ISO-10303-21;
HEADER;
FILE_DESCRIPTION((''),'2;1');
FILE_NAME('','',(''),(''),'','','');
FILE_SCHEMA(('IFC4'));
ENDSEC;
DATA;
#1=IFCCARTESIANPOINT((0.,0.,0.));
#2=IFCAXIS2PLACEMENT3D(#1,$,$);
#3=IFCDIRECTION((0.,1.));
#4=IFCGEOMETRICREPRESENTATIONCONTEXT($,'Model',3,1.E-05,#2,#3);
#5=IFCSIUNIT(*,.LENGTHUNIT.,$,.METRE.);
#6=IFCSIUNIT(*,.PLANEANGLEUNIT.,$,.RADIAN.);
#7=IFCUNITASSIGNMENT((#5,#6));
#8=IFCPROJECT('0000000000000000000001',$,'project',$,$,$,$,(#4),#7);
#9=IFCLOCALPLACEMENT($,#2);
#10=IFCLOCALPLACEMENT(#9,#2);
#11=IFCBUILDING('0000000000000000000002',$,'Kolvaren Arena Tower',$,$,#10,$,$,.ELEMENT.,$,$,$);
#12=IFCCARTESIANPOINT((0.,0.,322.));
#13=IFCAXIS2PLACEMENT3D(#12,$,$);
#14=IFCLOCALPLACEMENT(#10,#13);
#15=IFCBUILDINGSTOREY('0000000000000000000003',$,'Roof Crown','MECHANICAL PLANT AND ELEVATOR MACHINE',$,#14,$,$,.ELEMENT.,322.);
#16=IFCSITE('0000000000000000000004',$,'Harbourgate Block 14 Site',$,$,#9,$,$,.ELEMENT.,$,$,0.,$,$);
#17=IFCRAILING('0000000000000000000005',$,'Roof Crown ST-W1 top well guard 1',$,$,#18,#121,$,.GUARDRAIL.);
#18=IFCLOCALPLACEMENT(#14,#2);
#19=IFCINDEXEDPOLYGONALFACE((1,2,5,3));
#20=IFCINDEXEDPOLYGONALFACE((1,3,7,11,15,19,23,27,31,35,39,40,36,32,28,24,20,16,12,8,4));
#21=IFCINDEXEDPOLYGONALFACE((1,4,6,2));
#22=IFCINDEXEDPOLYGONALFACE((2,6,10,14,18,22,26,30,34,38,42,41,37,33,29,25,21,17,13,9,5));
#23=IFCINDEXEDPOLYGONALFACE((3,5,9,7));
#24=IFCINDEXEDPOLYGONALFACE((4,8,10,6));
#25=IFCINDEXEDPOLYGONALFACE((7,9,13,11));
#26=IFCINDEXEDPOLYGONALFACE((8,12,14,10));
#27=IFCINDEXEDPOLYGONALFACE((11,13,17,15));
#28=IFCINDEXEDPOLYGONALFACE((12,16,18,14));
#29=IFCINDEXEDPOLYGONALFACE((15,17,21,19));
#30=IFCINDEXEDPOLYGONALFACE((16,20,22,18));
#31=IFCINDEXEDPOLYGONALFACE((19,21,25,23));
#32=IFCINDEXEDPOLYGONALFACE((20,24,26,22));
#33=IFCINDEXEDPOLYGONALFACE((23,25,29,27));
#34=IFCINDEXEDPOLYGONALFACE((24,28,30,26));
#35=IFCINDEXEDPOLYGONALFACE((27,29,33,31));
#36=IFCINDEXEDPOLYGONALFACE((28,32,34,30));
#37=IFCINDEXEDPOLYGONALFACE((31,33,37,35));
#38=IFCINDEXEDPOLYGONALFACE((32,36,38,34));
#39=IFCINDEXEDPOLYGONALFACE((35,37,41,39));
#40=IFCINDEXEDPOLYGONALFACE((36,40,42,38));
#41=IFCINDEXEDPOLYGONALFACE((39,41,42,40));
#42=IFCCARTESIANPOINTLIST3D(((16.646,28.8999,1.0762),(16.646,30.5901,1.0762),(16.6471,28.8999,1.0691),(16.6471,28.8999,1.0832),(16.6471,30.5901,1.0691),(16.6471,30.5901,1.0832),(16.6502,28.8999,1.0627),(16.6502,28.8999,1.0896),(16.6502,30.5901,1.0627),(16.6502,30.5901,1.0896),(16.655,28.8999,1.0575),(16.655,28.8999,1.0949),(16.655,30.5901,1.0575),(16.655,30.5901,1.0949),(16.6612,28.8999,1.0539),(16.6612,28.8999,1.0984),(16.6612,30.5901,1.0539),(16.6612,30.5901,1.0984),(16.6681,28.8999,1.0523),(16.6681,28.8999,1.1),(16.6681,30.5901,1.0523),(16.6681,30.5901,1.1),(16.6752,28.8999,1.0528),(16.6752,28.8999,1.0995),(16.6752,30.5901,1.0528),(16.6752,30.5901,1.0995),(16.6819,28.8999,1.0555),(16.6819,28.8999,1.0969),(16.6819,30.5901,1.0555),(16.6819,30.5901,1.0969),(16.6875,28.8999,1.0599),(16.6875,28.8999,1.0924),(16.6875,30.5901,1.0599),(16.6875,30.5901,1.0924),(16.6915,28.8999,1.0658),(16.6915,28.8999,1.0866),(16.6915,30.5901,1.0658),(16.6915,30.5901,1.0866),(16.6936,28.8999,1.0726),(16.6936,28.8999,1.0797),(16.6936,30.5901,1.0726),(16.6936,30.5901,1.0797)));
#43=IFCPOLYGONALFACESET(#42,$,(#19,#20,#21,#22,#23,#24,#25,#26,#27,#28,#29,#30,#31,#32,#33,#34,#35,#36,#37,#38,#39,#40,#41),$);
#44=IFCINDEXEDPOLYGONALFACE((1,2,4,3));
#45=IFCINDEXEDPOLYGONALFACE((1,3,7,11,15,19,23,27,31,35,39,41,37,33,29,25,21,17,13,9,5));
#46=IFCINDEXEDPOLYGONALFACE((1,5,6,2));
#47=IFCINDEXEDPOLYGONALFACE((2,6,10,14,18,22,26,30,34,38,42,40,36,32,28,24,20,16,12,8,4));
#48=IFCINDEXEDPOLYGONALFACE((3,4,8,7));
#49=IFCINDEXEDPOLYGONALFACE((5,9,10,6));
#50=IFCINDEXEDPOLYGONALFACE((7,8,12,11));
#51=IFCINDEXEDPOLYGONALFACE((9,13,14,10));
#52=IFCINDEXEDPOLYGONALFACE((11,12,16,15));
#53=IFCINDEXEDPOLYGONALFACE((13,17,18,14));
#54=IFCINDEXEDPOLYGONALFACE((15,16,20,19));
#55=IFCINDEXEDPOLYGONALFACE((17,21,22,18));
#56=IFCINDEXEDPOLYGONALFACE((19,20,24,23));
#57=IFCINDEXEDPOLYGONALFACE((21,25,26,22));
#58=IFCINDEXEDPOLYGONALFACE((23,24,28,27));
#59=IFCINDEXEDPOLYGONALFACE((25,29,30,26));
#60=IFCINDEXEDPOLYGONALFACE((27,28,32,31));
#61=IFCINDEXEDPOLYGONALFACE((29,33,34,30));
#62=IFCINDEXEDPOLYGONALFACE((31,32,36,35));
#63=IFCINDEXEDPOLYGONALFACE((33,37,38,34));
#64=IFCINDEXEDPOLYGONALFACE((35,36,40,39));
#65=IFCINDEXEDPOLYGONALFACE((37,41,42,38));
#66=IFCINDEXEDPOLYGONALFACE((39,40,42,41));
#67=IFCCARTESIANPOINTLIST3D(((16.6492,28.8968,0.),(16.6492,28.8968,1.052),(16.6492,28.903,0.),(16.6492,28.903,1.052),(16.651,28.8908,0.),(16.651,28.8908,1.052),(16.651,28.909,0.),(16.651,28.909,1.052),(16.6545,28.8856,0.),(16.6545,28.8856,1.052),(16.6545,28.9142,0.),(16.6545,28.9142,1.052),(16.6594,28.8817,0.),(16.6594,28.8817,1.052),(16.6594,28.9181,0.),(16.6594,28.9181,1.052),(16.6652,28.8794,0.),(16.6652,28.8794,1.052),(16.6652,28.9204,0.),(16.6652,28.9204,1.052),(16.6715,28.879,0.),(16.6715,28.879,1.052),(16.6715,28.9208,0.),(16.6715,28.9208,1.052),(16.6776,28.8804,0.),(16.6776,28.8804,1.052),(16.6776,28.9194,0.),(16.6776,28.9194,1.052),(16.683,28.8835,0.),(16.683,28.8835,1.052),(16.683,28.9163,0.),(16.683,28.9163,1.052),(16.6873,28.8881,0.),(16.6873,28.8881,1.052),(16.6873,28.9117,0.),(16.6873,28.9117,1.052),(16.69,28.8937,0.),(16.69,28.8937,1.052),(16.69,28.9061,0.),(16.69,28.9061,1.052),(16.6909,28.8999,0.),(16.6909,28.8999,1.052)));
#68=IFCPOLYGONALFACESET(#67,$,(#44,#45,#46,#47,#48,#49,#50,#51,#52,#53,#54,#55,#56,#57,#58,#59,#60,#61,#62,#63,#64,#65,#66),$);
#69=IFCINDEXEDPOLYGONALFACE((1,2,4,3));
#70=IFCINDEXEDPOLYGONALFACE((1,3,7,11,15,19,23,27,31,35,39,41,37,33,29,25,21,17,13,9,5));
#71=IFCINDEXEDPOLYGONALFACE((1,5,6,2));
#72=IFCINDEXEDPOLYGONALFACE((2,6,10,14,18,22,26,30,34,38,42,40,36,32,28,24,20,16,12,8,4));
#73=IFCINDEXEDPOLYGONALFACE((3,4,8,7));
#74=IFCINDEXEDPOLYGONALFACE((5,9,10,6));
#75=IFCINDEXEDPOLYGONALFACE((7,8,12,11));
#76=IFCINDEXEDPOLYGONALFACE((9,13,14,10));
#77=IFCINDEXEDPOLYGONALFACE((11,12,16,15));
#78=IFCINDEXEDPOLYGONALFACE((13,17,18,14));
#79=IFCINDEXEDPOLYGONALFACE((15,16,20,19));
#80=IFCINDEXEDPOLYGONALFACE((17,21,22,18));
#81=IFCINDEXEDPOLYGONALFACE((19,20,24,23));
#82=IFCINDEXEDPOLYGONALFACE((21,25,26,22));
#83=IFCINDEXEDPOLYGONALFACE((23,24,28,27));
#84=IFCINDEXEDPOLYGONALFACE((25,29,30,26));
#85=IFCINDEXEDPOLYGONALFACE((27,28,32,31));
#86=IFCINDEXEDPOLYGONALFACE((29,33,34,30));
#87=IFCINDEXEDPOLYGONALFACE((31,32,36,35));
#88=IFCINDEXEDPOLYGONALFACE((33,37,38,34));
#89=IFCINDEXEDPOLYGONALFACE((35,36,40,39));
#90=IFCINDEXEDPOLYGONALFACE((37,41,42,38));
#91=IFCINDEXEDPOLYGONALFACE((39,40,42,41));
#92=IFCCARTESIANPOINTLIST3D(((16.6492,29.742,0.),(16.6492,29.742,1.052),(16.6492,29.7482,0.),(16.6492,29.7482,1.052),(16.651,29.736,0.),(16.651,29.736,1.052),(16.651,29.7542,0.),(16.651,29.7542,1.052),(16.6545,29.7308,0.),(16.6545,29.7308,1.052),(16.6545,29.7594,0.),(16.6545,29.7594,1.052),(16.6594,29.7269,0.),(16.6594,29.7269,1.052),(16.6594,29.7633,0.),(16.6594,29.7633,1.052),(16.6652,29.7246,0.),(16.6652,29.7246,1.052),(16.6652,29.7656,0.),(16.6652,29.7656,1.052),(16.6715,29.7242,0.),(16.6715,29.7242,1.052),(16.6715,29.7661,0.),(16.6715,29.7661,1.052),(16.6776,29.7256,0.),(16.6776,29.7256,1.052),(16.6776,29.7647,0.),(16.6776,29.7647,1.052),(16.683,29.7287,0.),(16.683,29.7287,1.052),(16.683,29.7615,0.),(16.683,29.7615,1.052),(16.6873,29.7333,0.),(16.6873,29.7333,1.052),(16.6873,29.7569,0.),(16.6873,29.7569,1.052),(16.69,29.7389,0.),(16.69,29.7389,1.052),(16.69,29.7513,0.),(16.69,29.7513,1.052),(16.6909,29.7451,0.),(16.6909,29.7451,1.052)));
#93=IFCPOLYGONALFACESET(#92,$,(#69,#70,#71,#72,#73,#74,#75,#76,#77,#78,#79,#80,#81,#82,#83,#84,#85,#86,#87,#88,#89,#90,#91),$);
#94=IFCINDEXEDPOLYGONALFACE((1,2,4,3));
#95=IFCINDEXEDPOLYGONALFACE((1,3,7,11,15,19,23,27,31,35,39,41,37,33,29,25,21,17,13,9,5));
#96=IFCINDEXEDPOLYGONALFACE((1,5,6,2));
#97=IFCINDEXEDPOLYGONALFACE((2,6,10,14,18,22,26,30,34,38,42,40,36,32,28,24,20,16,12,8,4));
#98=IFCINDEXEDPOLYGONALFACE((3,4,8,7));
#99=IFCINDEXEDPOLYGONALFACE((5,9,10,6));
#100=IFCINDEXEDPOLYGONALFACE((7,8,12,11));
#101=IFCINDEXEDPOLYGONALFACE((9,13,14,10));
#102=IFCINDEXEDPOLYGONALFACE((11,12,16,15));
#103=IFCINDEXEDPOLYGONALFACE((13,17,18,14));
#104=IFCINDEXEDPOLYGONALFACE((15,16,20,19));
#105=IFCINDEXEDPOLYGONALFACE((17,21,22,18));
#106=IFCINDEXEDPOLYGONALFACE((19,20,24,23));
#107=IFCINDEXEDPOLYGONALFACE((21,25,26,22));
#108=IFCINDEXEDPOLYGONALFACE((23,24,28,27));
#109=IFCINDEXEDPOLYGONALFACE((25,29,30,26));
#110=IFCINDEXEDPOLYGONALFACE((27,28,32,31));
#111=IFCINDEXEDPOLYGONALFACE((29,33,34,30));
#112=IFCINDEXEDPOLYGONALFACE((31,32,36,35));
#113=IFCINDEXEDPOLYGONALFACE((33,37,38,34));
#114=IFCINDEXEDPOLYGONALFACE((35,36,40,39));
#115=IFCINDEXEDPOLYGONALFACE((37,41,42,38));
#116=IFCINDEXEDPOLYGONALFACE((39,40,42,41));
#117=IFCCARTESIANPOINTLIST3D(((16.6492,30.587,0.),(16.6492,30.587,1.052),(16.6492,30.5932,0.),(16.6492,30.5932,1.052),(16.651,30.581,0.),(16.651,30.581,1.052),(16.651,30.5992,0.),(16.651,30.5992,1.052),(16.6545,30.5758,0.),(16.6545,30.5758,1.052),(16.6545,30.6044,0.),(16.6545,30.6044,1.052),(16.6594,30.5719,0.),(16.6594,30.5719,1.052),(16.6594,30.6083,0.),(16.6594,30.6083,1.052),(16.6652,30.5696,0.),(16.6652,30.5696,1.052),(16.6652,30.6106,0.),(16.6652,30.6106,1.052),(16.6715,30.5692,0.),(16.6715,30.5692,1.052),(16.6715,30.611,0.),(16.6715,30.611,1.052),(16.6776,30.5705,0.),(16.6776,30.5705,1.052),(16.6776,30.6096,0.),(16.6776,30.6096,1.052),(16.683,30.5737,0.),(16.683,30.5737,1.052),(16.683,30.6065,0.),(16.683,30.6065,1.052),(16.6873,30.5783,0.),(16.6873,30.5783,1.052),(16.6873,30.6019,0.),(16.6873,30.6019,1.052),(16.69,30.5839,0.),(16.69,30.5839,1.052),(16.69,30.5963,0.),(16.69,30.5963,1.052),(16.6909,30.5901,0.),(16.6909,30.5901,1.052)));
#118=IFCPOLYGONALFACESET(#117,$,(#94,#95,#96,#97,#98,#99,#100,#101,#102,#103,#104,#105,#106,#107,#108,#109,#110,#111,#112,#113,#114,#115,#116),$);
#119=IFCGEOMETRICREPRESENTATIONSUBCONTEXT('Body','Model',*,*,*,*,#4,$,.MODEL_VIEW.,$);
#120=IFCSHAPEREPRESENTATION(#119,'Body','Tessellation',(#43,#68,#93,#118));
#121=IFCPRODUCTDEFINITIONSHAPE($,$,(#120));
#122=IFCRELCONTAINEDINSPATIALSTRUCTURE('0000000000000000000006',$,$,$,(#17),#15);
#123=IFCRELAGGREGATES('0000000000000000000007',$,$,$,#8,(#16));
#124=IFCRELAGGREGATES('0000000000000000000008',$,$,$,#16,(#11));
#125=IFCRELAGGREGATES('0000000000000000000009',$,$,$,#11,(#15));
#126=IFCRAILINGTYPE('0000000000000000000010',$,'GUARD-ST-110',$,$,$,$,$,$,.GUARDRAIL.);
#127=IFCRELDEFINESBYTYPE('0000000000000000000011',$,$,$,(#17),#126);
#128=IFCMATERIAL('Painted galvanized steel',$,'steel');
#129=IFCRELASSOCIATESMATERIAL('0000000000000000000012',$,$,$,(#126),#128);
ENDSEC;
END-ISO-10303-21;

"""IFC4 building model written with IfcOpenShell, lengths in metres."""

from ifc_helpers import new_model, si_unit, direction, frame, origin, origin_2d, place, context, subcontext, project, spatial, circle, extrude, material, type_object, element, save


model = new_model("IFC4")

# Units and contexts
model_context = context("Model", 3, precision=1e-05, world=origin(), true_north=direction((0.0, 1.0)))
body_context = subcontext(model_context, "Body", "Model", "MODEL_VIEW")
ifc_project = project(units=[si_unit("LENGTHUNIT", "METRE"), si_unit("PLANEANGLEUNIT", "RADIAN")], contexts=[model_context])

# Site, building, storey
site_placement = place(None, origin())
site = spatial("IfcSite", under=ifc_project, at=site_placement, Name="Harbourgate Block 14 Site", CompositionType="ELEMENT", RefElevation=0.0)
building_placement = place(site_placement, origin())
building = spatial("IfcBuilding", under=site, at=building_placement, Name="Kolvaren Arena Tower", CompositionType="ELEMENT")
storey_placement = place(building_placement, frame((0.0, 0.0, 322.0)))
storey = spatial("IfcBuildingStorey", under=building, at=storey_placement, Name="Roof Crown", Description="MECHANICAL PLANT AND ELEVATOR MACHINE", CompositionType="ELEMENT", Elevation=322.0)

# Railing
ifc_material_1 = material(Name="Painted galvanized steel", Category="steel")
railing_type = type_object("IfcRailingType", Name="GUARD-ST-110", PredefinedType="GUARDRAIL", material=ifc_material_1)
railing_placement = place(storey_placement, frame((16.6699, 28.8999, 0.0)))
element("IfcRailing", 1, at=railing_placement, inside=storey, type_object=railing_type, Name="Roof Crown ST-W1 top well guard 1", PredefinedType="GUARDRAIL", context=body_context, shape_type="SweptSolid", body=[
    extrude(circle(Radius=0.0239, at=origin_2d()), frame((0.0, 0.0, 1.0762), z_axis=(0.0, 1.0, 0.0), x_axis=(-1.0, 0.0, 0.0)), (0.0, 0.0, 1.0), 1.6902),
    extrude(circle(Radius=0.021, at=origin_2d()), origin(), (0.0, 0.0, 1.0), 1.052),
    extrude(circle(Radius=0.021, at=origin_2d()), frame((0.0, 0.8452, 0.0)), (0.0, 0.0, 1.0), 1.052),
    extrude(circle(Radius=0.021, at=origin_2d()), frame((0.0, 1.6902, 0.0)), (0.0, 0.0, 1.0), 1.052),
])

save(model, "model.ifc")
